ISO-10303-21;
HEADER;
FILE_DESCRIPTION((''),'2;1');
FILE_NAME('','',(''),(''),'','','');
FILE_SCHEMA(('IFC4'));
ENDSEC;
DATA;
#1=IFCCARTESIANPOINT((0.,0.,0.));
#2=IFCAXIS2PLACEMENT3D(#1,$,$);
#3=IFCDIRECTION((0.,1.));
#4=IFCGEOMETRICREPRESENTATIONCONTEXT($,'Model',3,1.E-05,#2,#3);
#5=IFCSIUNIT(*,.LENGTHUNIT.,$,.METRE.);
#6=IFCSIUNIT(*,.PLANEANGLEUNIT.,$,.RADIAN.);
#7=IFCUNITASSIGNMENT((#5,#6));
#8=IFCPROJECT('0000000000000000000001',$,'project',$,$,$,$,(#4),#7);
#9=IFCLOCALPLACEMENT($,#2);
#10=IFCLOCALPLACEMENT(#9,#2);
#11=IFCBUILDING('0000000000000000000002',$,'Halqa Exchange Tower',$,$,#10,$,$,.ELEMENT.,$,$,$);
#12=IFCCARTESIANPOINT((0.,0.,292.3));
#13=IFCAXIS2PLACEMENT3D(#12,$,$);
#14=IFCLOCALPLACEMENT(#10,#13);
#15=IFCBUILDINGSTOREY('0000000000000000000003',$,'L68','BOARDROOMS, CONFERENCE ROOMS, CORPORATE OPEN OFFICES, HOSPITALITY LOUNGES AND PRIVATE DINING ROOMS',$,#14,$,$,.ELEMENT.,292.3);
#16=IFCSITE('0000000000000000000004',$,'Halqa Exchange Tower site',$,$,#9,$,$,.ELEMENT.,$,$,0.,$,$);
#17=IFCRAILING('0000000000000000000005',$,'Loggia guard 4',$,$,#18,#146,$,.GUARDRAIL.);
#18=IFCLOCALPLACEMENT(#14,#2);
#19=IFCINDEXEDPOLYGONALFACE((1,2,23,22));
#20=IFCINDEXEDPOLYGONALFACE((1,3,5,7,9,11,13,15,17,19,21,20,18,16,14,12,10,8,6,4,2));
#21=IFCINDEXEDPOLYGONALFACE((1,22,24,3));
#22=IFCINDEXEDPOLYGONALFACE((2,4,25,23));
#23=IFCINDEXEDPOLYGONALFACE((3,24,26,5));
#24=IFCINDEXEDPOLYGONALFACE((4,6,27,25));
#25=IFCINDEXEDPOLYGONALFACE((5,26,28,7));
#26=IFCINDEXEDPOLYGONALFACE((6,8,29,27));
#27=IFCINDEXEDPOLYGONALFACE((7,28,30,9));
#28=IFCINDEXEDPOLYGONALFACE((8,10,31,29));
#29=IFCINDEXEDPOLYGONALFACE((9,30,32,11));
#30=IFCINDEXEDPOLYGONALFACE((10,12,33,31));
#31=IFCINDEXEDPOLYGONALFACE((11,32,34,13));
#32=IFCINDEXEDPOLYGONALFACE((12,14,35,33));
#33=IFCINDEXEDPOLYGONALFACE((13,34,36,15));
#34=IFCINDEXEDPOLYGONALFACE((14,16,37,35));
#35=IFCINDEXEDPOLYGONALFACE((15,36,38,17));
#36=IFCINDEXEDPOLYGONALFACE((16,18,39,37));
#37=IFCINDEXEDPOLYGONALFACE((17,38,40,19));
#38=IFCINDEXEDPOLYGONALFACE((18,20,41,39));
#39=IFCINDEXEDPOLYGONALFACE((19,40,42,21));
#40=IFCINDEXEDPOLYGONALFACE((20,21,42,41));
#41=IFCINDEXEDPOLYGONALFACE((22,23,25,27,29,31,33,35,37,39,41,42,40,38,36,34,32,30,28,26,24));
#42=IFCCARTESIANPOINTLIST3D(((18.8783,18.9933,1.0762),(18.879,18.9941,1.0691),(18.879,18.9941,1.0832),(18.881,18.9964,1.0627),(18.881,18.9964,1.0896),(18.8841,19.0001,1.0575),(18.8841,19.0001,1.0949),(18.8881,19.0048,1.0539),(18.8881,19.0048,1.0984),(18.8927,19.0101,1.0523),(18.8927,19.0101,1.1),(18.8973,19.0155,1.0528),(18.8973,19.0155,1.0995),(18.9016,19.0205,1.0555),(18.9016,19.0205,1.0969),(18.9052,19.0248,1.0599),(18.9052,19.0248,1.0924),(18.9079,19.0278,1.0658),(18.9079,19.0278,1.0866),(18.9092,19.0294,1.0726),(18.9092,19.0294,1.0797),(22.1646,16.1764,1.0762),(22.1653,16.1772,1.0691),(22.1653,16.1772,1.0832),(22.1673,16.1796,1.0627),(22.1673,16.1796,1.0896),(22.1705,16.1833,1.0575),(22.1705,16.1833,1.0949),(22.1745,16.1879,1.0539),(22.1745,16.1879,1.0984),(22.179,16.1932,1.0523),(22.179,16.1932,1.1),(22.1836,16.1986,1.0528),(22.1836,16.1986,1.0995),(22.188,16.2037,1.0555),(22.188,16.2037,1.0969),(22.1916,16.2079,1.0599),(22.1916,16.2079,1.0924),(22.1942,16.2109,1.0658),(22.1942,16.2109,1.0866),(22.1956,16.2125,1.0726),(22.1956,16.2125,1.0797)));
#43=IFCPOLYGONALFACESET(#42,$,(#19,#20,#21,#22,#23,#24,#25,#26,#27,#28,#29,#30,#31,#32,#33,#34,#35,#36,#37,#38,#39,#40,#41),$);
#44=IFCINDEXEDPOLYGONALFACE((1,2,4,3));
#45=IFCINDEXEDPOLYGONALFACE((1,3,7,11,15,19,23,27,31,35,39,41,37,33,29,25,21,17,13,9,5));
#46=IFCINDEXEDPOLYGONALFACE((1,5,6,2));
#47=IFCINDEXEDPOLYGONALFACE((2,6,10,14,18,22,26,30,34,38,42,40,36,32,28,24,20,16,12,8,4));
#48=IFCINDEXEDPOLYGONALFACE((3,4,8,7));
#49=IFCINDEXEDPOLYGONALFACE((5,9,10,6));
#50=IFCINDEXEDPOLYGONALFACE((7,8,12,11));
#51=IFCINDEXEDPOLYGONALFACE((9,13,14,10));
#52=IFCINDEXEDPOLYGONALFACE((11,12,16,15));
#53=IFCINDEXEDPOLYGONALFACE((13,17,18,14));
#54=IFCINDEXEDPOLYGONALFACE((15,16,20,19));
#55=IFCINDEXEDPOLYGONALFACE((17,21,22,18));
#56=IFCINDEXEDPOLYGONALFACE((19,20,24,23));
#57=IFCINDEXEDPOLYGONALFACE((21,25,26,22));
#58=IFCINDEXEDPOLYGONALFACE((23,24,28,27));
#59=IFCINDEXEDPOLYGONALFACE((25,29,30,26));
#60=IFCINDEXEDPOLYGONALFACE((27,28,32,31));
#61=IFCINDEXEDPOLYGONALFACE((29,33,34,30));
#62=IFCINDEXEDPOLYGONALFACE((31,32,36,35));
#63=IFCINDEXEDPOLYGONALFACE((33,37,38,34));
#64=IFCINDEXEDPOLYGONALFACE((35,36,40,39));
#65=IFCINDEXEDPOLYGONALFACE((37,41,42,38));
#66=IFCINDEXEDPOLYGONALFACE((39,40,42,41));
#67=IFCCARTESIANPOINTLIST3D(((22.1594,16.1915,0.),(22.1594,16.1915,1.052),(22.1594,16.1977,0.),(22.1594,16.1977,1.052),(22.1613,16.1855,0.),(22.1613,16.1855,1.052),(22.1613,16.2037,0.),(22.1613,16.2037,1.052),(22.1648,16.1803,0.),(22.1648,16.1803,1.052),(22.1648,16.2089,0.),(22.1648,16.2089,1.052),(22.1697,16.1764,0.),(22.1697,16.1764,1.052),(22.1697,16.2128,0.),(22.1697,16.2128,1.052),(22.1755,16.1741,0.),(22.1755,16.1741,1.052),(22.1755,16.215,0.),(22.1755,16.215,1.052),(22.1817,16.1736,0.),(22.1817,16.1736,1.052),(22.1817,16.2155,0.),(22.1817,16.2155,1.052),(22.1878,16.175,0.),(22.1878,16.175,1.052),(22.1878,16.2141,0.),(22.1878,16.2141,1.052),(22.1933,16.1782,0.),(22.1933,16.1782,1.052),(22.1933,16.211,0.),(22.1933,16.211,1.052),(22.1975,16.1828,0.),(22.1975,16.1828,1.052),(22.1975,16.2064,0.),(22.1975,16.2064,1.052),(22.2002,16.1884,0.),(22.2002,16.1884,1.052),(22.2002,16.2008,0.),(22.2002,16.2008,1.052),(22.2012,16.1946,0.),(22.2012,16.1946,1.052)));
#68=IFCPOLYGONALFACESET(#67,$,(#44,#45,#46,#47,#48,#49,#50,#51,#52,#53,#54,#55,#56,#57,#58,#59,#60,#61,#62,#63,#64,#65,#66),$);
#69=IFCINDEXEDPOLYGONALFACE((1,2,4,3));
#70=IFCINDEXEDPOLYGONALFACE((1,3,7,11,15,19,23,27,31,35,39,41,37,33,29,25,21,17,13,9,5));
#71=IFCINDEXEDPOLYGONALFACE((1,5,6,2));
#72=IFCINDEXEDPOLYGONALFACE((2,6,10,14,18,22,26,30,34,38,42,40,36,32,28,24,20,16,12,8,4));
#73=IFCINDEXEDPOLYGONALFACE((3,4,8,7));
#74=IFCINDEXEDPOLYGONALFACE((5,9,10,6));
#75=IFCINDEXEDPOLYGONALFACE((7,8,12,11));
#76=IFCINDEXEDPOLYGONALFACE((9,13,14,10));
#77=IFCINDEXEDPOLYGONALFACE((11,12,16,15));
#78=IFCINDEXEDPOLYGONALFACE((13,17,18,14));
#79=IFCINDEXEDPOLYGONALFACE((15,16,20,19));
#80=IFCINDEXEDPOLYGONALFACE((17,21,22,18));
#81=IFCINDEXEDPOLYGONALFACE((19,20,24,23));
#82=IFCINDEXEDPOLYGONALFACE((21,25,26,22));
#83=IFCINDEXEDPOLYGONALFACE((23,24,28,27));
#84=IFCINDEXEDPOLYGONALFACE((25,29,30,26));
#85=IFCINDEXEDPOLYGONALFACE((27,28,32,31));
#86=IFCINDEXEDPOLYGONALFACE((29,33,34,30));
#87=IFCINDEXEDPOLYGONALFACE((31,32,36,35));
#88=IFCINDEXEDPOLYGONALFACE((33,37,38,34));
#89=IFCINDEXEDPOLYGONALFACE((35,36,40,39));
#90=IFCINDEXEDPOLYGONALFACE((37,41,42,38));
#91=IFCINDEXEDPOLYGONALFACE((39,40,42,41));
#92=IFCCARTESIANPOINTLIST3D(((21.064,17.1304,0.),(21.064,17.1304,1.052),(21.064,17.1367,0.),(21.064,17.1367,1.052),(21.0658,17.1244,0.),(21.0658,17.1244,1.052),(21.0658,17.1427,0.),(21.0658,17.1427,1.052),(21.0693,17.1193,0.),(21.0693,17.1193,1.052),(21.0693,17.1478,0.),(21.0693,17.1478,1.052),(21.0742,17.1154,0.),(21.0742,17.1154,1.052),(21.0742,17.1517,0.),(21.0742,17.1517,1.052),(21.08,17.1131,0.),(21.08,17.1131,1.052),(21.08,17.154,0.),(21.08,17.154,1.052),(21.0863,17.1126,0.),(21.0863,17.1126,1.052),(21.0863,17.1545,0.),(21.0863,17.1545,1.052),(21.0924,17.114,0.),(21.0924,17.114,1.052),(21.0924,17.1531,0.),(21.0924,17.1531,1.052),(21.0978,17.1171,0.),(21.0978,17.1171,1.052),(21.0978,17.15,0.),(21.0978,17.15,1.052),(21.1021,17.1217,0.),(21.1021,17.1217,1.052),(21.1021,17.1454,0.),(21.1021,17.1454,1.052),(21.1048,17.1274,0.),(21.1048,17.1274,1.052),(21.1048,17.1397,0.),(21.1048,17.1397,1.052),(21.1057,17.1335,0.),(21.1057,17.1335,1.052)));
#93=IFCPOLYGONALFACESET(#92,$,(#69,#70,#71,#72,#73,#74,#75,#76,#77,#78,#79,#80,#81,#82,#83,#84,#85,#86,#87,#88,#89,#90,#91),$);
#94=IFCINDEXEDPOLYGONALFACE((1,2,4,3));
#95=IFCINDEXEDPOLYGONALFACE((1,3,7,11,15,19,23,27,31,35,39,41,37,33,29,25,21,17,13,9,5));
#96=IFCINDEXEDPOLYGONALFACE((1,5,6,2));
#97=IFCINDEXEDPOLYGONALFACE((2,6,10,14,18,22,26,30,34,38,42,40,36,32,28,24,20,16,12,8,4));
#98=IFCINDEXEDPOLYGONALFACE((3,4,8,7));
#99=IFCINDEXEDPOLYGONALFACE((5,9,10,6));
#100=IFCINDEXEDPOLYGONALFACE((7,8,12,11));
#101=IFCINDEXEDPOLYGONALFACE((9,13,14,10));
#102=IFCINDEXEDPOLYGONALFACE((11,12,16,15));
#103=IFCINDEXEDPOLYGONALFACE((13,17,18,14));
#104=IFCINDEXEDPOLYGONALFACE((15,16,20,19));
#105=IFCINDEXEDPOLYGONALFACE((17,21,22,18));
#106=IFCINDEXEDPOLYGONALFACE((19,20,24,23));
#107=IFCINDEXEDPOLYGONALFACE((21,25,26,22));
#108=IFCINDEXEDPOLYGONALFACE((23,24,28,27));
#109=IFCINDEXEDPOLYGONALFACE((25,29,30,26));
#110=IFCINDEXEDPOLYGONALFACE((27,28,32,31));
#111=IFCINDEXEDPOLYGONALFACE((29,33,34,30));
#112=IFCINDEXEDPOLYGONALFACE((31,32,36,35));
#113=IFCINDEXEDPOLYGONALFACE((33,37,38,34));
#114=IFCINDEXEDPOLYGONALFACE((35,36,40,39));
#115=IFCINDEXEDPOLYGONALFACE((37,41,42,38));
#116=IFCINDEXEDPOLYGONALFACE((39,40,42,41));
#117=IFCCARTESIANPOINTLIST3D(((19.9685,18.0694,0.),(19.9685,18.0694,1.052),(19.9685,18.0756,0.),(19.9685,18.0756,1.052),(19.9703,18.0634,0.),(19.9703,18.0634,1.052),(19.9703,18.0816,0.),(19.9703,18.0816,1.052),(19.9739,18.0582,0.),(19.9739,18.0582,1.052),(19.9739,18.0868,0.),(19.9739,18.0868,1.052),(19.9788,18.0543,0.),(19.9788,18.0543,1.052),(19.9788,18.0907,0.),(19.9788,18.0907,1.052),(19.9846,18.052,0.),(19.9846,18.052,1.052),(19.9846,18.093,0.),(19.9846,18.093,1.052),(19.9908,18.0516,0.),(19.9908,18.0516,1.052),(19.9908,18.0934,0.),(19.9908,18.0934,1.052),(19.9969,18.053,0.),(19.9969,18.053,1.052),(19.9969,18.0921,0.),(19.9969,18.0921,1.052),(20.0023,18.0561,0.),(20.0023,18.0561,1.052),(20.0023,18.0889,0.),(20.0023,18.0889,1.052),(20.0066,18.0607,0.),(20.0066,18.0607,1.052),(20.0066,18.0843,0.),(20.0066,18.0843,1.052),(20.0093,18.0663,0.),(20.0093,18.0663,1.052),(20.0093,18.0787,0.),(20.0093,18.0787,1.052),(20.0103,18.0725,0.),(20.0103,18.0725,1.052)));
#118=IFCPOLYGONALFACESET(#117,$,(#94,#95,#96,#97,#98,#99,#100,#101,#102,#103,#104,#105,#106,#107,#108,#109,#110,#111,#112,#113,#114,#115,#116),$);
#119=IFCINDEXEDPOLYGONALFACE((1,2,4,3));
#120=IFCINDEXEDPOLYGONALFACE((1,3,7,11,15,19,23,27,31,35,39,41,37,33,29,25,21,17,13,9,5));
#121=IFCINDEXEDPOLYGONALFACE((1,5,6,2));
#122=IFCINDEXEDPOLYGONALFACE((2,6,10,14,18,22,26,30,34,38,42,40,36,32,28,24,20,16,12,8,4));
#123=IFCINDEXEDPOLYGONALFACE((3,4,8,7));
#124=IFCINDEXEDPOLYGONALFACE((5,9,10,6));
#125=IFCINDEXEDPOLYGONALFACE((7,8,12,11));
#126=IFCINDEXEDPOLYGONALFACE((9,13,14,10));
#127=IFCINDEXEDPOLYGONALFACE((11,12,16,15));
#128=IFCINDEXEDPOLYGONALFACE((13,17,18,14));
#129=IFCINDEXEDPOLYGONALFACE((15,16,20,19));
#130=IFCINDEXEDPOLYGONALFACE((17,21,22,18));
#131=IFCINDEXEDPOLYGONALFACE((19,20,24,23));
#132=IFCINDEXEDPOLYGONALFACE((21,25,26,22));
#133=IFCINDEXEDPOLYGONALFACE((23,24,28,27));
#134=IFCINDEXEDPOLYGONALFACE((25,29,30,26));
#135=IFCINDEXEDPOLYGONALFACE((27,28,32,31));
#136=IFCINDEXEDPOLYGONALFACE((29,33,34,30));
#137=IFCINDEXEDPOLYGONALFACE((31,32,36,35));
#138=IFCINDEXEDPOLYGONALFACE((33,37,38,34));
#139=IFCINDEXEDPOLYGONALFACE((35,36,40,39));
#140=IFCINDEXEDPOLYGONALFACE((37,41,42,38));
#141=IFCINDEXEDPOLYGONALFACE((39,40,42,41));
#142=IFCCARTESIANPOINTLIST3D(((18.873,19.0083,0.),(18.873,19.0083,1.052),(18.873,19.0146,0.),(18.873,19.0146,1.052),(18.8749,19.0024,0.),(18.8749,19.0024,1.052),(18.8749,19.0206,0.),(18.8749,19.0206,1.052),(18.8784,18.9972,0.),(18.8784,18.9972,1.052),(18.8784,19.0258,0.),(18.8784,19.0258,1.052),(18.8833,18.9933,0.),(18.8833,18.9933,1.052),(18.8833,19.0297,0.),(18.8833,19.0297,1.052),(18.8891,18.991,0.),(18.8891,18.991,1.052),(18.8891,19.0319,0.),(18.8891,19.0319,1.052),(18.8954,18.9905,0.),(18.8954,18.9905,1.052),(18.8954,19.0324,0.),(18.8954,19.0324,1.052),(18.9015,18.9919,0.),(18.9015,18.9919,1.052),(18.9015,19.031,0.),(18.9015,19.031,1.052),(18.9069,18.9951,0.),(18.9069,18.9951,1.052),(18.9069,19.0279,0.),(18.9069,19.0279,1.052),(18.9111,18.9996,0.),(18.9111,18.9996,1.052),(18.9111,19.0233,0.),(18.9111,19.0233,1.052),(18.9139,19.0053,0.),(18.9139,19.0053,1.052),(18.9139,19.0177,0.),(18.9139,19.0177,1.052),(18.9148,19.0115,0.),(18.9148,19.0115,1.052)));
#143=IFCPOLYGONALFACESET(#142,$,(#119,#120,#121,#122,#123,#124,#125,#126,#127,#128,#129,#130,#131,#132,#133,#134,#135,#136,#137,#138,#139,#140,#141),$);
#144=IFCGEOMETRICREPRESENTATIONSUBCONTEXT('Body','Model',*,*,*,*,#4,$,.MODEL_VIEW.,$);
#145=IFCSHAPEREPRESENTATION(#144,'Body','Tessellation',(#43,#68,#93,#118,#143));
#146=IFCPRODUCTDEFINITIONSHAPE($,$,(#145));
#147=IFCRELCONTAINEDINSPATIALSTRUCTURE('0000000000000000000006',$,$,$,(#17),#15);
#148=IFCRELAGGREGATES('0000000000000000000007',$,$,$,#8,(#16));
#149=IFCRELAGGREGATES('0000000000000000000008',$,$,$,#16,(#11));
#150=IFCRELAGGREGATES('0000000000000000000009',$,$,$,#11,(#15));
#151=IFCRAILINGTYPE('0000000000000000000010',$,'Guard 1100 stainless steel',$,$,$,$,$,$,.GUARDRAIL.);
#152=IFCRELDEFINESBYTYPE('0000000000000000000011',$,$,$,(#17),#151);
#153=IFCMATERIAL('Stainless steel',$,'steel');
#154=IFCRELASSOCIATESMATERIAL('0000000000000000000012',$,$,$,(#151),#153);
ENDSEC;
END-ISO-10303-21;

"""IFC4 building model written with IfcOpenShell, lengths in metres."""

from ifc_helpers import new_model, si_unit, direction, frame, origin, origin_2d, place, context, subcontext, project, spatial, circle, extrude, material, type_object, element, save


model = new_model("IFC4")

# Units and contexts
model_context = context("Model", 3, precision=1e-05, world=origin(), true_north=direction((0.0, 1.0)))
body_context = subcontext(model_context, "Body", "Model", "MODEL_VIEW")
ifc_project = project(units=[si_unit("LENGTHUNIT", "METRE"), si_unit("PLANEANGLEUNIT", "RADIAN")], contexts=[model_context])

# Site, building, storey
site_placement = place(None, origin())
site = spatial("IfcSite", under=ifc_project, at=site_placement, Name="Halqa Exchange Tower site", CompositionType="ELEMENT", RefElevation=0.0)
building_placement = place(site_placement, origin())
building = spatial("IfcBuilding", under=site, at=building_placement, Name="Halqa Exchange Tower", CompositionType="ELEMENT")
storey_placement = place(building_placement, frame((0.0, 0.0, 292.3)))
storey = spatial("IfcBuildingStorey", under=building, at=storey_placement, Name="L68", Description="BOARDROOMS, CONFERENCE ROOMS, CORPORATE OPEN OFFICES, HOSPITALITY LOUNGES AND PRIVATE DINING ROOMS", CompositionType="ELEMENT", Elevation=292.3)

# Railing
ifc_material_1 = material(Name="Stainless steel", Category="steel")
railing_type = type_object("IfcRailingType", Name="Guard 1100 stainless steel", PredefinedType="GUARDRAIL", material=ifc_material_1)
railing_1_placement = place(storey_placement, frame((22.1802, 16.1946, 0.0)))
element("IfcRailing", 1, at=railing_1_placement, inside=storey, type_object=railing_type, Name="Loggia guard 4", PredefinedType="GUARDRAIL", context=body_context, shape_type="SweptSolid", body=[
    extrude(circle(Radius=0.0239, at=origin_2d()), frame((0.0, 0.0, 1.0762), z_axis=(-0.759257, 0.650791, 0.0), x_axis=(-0.650791, -0.759257, 0.0)), (0.0, 0.0, 1.0), 4.3284),
    extrude(circle(Radius=0.021, at=origin_2d()), origin(), (0.0, 0.0, 1.0), 1.052),
    extrude(circle(Radius=0.021, at=origin_2d()), frame((-1.0955, 0.939, 0.0)), (0.0, 0.0, 1.0), 1.052),
    extrude(circle(Radius=0.021, at=origin_2d()), frame((-2.1909, 1.8779, 0.0)), (0.0, 0.0, 1.0), 1.052),
    extrude(circle(Radius=0.021, at=origin_2d()), frame((-3.2864, 2.8169, 0.0)), (0.0, 0.0, 1.0), 1.052),
])

save(model, "model.ifc")
